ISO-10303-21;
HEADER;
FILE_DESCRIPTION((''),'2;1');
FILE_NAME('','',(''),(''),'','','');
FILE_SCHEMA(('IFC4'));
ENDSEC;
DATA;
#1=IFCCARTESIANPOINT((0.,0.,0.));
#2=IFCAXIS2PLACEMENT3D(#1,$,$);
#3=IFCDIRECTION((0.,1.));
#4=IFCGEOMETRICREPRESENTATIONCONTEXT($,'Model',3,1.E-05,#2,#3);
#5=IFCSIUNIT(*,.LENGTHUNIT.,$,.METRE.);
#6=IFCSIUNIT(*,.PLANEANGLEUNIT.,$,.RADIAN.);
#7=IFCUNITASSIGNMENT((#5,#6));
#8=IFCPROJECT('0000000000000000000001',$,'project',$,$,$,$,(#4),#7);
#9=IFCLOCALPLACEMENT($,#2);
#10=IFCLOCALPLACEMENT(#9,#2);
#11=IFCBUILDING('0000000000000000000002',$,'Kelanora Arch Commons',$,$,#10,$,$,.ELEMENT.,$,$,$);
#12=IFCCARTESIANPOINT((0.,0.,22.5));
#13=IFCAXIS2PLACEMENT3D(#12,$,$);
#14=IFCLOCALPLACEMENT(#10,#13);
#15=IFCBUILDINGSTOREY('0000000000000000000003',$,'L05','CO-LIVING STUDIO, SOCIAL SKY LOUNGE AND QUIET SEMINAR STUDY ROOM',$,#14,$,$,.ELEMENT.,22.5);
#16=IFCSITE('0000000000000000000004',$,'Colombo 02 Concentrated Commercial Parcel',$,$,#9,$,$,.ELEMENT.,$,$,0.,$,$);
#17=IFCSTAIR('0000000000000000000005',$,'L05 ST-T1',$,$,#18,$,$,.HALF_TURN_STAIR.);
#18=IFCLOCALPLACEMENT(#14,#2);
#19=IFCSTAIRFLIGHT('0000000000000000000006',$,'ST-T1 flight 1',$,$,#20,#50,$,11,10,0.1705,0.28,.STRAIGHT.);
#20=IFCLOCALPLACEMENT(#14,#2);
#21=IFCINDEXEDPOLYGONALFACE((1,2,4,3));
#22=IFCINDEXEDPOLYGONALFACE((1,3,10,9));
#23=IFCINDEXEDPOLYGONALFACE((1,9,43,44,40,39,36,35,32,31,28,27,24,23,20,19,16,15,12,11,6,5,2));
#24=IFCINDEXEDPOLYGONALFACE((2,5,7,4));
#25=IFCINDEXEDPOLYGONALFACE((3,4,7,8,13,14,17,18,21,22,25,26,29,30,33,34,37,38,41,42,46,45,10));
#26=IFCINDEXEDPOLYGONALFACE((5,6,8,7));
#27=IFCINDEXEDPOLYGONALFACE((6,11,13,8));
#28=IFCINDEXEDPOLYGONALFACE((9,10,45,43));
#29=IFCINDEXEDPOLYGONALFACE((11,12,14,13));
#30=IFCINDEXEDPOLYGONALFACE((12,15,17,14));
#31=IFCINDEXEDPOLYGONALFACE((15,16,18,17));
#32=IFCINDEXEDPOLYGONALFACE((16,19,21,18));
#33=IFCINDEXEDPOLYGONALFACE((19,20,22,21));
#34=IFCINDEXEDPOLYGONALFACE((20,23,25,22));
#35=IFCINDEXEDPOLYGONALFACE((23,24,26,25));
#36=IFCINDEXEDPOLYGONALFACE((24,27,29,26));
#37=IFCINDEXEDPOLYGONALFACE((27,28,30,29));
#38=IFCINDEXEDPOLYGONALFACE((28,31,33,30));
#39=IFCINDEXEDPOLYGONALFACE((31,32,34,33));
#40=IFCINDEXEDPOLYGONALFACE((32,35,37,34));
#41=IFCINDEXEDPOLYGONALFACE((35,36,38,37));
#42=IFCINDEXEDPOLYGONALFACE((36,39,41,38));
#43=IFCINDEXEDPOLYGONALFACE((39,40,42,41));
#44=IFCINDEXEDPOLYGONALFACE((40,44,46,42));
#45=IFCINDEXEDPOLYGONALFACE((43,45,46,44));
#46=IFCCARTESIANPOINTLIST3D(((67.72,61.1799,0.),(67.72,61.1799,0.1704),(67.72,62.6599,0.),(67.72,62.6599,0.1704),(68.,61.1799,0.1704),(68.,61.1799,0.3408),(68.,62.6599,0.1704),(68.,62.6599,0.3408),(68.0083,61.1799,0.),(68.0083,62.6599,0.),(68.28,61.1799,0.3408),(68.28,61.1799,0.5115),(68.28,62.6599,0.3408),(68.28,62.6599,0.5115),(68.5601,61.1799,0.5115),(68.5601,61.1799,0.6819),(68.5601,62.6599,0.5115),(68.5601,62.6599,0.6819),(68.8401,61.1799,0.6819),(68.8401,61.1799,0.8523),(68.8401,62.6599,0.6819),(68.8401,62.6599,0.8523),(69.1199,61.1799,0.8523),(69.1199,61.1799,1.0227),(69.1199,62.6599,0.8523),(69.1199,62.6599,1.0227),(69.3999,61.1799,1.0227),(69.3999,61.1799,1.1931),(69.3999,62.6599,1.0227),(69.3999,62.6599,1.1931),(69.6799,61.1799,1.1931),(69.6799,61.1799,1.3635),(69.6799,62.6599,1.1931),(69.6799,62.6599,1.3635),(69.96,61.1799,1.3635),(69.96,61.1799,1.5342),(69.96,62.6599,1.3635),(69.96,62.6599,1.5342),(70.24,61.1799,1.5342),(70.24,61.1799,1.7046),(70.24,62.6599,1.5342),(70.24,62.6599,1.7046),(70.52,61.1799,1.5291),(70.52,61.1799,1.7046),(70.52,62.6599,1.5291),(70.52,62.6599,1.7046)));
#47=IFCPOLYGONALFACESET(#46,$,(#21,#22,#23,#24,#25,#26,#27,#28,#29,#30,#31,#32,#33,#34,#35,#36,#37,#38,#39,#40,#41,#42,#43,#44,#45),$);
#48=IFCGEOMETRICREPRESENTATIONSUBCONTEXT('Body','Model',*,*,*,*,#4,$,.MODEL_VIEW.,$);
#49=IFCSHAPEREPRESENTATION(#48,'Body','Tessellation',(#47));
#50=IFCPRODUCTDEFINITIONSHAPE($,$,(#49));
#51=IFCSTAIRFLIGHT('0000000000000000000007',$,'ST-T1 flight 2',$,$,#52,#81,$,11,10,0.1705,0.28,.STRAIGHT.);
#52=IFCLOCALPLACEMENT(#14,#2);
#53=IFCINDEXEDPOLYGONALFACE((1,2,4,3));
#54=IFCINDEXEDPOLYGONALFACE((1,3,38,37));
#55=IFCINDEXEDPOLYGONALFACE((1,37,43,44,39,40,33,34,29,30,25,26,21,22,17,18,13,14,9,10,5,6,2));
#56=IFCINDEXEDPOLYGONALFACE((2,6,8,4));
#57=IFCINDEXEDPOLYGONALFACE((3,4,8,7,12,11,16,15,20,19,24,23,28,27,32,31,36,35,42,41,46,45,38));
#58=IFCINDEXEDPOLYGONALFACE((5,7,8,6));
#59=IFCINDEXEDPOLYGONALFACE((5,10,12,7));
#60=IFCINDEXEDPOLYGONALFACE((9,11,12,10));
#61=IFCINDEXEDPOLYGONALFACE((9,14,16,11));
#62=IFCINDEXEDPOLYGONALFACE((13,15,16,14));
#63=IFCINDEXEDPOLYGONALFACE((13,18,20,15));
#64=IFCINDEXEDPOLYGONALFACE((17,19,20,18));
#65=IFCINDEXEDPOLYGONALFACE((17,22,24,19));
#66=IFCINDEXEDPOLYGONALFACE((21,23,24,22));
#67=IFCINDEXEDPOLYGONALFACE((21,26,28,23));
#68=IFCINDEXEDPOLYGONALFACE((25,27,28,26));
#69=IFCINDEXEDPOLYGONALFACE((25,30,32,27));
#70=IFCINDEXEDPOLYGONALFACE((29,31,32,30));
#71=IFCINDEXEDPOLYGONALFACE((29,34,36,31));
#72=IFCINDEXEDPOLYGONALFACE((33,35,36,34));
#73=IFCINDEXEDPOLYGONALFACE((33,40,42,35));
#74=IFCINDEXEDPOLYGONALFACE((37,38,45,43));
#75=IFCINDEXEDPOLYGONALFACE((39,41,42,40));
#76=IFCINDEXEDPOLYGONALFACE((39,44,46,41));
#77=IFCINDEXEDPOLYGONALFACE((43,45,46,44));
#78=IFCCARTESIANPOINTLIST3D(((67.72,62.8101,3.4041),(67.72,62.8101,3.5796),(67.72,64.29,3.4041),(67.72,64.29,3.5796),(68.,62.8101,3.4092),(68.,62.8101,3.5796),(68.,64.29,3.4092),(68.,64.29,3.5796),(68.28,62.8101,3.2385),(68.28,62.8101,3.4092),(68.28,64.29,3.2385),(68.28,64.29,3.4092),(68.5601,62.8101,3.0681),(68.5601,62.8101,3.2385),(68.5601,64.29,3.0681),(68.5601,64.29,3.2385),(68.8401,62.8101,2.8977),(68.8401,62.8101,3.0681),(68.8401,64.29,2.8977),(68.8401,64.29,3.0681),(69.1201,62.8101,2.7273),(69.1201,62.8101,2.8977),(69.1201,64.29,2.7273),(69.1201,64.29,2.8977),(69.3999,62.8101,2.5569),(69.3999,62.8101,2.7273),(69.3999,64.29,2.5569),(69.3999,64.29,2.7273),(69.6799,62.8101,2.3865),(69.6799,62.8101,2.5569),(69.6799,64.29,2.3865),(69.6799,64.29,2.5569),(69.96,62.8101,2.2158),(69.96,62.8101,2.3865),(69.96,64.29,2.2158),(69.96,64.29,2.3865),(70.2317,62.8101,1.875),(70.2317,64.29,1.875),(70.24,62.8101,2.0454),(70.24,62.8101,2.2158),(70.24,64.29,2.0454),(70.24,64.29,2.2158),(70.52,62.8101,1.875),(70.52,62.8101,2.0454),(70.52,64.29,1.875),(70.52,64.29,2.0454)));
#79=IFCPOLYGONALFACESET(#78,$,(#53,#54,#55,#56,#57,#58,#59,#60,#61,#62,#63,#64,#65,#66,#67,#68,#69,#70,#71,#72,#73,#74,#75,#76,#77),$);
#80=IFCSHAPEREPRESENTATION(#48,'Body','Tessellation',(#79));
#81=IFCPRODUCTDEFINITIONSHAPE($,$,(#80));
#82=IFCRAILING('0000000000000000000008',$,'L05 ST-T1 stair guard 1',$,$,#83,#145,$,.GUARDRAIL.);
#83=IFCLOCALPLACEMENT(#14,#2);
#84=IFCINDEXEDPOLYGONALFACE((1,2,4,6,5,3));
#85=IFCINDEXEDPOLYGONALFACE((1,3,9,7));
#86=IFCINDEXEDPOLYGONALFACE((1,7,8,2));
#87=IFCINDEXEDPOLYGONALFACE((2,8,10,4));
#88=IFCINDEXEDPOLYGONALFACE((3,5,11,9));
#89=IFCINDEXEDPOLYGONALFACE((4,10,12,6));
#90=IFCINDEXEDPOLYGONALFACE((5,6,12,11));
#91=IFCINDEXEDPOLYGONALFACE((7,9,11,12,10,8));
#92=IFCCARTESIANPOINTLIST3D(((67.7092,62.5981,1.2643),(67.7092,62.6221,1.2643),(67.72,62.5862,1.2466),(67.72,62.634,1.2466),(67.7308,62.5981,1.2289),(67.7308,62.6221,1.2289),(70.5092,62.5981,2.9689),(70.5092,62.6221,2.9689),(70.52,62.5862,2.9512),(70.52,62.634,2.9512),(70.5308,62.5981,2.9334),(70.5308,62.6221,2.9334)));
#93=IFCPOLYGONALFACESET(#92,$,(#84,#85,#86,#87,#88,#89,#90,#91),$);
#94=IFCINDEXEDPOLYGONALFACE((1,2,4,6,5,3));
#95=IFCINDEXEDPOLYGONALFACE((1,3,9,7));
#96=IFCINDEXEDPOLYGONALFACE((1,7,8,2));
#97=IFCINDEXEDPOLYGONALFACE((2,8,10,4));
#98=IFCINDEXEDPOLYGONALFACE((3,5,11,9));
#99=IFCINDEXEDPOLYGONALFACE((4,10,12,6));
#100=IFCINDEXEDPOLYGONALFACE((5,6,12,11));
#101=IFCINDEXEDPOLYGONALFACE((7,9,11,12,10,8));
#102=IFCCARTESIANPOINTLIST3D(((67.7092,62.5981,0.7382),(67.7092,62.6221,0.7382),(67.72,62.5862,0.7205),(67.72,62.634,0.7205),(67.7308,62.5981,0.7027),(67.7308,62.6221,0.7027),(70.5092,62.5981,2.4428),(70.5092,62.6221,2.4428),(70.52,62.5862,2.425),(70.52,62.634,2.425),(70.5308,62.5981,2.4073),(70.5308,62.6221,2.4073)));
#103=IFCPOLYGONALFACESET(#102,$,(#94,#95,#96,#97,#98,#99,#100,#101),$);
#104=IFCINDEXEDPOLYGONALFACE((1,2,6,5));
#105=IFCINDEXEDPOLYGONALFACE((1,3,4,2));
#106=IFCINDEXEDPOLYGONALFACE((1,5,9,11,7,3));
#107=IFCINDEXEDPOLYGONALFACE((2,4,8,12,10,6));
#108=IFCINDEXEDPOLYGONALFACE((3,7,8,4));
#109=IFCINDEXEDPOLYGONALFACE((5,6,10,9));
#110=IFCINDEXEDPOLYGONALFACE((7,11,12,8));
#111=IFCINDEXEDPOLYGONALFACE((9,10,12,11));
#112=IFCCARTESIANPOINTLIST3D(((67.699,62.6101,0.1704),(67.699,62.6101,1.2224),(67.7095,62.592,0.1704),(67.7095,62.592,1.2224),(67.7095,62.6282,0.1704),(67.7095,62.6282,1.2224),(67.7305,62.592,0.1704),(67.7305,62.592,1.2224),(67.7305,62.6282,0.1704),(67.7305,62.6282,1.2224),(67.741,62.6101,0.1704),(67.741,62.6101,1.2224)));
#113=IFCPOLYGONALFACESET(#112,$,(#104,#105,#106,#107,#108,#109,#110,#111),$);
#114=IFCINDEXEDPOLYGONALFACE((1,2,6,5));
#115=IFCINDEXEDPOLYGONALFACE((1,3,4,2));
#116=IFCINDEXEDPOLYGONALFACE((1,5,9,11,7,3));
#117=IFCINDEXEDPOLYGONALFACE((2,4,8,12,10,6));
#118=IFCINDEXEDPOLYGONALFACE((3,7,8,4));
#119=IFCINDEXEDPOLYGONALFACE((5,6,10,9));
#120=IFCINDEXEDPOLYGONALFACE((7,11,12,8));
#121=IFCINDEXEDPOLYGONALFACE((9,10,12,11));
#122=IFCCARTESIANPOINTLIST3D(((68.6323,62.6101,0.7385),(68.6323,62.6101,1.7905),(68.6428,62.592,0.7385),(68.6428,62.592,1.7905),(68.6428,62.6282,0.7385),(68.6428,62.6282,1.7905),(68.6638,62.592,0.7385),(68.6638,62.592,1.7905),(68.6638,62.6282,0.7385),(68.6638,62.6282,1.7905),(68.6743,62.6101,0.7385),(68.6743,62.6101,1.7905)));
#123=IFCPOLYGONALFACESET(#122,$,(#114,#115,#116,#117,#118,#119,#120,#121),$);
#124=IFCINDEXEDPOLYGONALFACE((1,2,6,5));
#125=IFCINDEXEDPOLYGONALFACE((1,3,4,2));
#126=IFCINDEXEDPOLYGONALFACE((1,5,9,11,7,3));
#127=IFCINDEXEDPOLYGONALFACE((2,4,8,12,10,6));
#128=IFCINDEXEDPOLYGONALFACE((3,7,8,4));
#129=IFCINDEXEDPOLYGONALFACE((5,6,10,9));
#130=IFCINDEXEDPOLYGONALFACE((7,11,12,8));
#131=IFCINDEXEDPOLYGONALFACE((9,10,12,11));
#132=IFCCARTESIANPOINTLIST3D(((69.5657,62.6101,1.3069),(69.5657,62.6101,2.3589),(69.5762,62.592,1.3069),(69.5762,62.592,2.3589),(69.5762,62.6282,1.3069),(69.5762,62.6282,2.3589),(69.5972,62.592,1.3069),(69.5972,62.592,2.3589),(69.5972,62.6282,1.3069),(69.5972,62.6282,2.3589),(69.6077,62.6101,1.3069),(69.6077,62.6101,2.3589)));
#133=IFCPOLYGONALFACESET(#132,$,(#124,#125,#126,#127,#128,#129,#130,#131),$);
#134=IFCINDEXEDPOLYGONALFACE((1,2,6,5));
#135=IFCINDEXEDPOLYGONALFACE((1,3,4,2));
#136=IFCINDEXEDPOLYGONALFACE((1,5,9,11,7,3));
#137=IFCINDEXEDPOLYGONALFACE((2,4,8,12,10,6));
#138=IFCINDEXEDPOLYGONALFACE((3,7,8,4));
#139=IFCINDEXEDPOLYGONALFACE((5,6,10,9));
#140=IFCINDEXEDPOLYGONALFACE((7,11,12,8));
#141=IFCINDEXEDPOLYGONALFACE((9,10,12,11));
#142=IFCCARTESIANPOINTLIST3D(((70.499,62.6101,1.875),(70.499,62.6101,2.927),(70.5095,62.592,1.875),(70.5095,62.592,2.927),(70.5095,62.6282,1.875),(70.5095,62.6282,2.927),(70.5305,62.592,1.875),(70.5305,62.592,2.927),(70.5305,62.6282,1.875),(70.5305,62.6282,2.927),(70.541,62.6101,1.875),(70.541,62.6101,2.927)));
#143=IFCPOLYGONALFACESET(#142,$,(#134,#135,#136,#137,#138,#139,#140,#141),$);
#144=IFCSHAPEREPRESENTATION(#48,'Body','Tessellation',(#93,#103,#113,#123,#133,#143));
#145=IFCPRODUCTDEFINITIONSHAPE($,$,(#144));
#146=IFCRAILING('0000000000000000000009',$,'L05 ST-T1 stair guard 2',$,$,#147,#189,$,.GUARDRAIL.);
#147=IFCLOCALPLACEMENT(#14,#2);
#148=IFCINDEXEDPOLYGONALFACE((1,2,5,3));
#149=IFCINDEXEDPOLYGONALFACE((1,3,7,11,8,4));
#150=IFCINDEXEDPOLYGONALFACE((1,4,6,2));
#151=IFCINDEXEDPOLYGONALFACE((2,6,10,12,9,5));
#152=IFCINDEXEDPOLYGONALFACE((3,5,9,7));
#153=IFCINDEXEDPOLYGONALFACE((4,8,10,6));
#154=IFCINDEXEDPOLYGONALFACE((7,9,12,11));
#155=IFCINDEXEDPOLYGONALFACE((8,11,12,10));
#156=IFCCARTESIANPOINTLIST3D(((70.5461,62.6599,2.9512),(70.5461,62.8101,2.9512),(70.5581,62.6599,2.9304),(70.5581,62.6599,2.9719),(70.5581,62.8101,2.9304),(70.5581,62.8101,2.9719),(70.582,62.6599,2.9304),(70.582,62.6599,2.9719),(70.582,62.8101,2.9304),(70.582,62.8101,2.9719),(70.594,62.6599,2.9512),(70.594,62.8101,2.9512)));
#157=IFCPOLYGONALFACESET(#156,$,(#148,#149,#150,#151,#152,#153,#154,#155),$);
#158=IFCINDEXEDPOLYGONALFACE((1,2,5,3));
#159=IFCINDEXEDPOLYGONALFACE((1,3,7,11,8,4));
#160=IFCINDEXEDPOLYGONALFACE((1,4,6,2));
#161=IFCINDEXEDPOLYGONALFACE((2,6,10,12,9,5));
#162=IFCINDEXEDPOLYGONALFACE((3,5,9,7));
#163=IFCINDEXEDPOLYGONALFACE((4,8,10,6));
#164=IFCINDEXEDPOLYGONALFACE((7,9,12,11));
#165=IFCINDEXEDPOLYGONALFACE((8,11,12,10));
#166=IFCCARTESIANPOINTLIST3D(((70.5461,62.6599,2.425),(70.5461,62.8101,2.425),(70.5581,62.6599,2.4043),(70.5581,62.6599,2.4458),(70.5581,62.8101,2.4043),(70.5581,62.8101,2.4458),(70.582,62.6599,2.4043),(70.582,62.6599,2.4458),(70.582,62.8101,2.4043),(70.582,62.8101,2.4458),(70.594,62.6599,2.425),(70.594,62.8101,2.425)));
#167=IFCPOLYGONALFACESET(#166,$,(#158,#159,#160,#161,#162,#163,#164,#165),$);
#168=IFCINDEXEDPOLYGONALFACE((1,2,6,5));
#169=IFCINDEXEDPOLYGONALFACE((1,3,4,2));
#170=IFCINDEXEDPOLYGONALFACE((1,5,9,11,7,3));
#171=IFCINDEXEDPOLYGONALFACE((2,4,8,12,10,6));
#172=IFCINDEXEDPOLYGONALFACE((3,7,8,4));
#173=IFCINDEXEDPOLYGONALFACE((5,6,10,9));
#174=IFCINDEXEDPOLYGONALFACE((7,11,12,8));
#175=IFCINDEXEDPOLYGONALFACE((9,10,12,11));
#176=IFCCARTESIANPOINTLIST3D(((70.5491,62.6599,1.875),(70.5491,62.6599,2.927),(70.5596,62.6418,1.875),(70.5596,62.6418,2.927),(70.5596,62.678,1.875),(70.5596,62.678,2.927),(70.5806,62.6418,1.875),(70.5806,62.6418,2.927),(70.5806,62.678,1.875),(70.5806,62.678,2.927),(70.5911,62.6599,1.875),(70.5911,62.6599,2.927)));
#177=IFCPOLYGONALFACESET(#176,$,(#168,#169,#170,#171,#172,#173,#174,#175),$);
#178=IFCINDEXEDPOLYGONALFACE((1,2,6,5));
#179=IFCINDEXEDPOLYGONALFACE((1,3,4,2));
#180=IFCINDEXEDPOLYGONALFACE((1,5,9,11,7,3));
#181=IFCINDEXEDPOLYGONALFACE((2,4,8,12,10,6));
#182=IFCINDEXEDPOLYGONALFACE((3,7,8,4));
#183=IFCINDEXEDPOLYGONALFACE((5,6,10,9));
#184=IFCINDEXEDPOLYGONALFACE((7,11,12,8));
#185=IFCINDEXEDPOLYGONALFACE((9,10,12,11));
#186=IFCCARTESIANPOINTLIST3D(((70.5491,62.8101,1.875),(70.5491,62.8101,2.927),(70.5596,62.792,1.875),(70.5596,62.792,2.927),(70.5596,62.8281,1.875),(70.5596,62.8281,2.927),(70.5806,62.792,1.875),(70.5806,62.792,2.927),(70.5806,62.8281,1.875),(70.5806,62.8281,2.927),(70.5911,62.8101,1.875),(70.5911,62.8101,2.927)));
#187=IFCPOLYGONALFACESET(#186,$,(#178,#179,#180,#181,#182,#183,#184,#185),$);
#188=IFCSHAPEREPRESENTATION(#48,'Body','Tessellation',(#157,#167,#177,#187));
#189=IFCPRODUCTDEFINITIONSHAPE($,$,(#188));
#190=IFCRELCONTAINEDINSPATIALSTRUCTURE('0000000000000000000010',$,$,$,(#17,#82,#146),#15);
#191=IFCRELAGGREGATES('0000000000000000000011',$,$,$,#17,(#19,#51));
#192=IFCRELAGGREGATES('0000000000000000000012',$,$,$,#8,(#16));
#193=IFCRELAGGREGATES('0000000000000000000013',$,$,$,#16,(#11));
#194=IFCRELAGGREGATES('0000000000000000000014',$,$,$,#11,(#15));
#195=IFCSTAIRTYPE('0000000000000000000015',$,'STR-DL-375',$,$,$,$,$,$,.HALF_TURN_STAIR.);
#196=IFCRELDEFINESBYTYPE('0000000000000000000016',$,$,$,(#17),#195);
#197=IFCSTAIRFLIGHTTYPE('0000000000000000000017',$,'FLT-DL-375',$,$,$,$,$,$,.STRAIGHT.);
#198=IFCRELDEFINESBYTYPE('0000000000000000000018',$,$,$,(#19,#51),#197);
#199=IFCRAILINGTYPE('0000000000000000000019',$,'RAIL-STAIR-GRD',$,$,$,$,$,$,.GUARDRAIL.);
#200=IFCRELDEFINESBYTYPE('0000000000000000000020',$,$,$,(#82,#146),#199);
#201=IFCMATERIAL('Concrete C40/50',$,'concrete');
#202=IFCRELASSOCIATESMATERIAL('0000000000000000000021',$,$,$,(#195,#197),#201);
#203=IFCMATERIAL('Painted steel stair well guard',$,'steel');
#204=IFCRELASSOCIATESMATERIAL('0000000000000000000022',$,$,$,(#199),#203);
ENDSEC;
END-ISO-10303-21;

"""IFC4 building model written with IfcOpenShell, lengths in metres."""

from ifc_helpers import new_model, si_unit, direction, frame, origin, place, context, subcontext, project, spatial, polyline, outline, extrude, material, type_object, element, aggregate, save


model = new_model("IFC4")

# Units and contexts
model_context = context("Model", 3, precision=1e-05, world=origin(), true_north=direction((0.0, 1.0)))
body_context = subcontext(model_context, "Body", "Model", "MODEL_VIEW")
ifc_project = project(units=[si_unit("LENGTHUNIT", "METRE"), si_unit("PLANEANGLEUNIT", "RADIAN")], contexts=[model_context])

# Site, building, storey
site_placement = place(None, origin())
site = spatial("IfcSite", under=ifc_project, at=site_placement, Name="Colombo 02 Concentrated Commercial Parcel", CompositionType="ELEMENT", RefElevation=0.0)
building_placement = place(site_placement, origin())
building = spatial("IfcBuilding", under=site, at=building_placement, Name="Kelanora Arch Commons", CompositionType="ELEMENT")
storey_placement = place(building_placement, frame((0.0, 0.0, 22.5)))
storey = spatial("IfcBuildingStorey", under=building, at=storey_placement, Name="L05", Description="CO-LIVING STUDIO, SOCIAL SKY LOUNGE AND QUIET SEMINAR STUDY ROOM", CompositionType="ELEMENT", Elevation=22.5)

# Shared definitions
ifc_material_1 = material(Name="Concrete C40/50", Category="concrete")

# Stair, stair flights
stair_type = type_object("IfcStairType", Name="STR-DL-375", PredefinedType="HALF_TURN_STAIR", material=ifc_material_1)
stair_placement = place(storey_placement, origin())
stair = element("IfcStair", 1, at=stair_placement, inside=storey, type_object=stair_type, Name="L05 ST-T1", PredefinedType="HALF_TURN_STAIR")
stair_flight_type = type_object("IfcStairFlightType", Name="FLT-DL-375", PredefinedType="STRAIGHT", material=ifc_material_1)
stair_flight_1_placement = place(storey_placement, frame((67.72, 61.9199, 0.0), z_axis=(0.0, 0.0, 1.0), x_axis=(1.0, 0.0, 0.0)))
stair_flight_1 = element("IfcStairFlight", 2, at=stair_flight_1_placement, type_object=stair_flight_type, Name="ST-T1 flight 1", NumberOfRisers=11, NumberOfTreads=10, PredefinedType="STRAIGHT", RiserHeight=0.1705, TreadLength=0.28, context=body_context, shape_type="SweptSolid", body=[
    extrude(outline(polyline([(0.0, 0.0), (0.0, 0.1704), (0.28, 0.1704), (0.28, 0.3408), (0.5601, 0.3408), (0.5601, 0.5115), (0.8401, 0.5115), (0.8401, 0.6819), (1.1201, 0.6819), (1.1201, 0.8523), (1.3999, 0.8523), (1.3999, 1.0227), (1.6799, 1.0227), (1.6799, 1.1931), (1.96, 1.1931), (1.96, 1.3635), (2.24, 1.3635), (2.24, 1.5342), (2.52, 1.5342), (2.52, 1.7046), (2.8, 1.7046), (2.8, 1.875), (2.8, 1.5291), (0.2883, 0.0), (0.0, 0.0)])), frame((0.0, 0.74, 0.0), z_axis=(0.0, -1.0, 0.0), x_axis=(1.0, 0.0, 0.0)), (0.0, 0.0, 1.0), 1.48),
])
stair_flight_2_placement = place(storey_placement, frame((70.52, 63.55, 1.875), z_axis=(0.0, 0.0, 1.0), x_axis=(-1.0, 0.0, 0.0)))
stair_flight_2 = element("IfcStairFlight", 3, at=stair_flight_2_placement, type_object=stair_flight_type, Name="ST-T1 flight 2", NumberOfRisers=11, NumberOfTreads=10, PredefinedType="STRAIGHT", RiserHeight=0.1705, TreadLength=0.28, context=body_context, shape_type="SweptSolid", body=[
    extrude(outline(polyline([(0.0, 0.0), (0.0, 0.1704), (0.28, 0.1704), (0.28, 0.3408), (0.5601, 0.3408), (0.5601, 0.5115), (0.8401, 0.5115), (0.8401, 0.6819), (1.1201, 0.6819), (1.1201, 0.8523), (1.3999, 0.8523), (1.3999, 1.0227), (1.6799, 1.0227), (1.6799, 1.1931), (1.96, 1.1931), (1.96, 1.3635), (2.24, 1.3635), (2.24, 1.5342), (2.52, 1.5342), (2.52, 1.7046), (2.8, 1.7046), (2.8, 1.875), (2.8, 1.5291), (0.2883, 0.0), (0.0, 0.0)])), frame((0.0, 0.74, 0.0), z_axis=(0.0, -1.0, 0.0), x_axis=(1.0, 0.0, 0.0)), (0.0, 0.0, 1.0), 1.48),
])
aggregate(stair, [stair_flight_1, stair_flight_2])

# Railings
ifc_material_2 = material(Name="Painted steel stair well guard", Category="steel")
railing_type_1 = type_object("IfcRailingType", Name="RAIL-STAIR-GRD", PredefinedType="GUARDRAIL", material=ifc_material_2)
railing_1_placement = place(storey_placement, frame((67.72, 62.6101, 0.1704)))
element("IfcRailing", 4, at=railing_1_placement, inside=storey, type_object=railing_type_1, Name="L05 ST-T1 stair guard 1", PredefinedType="GUARDRAIL", context=body_context, shape_type="SweptSolid", body=[
    extrude(outline(polyline([(0.0239, 0.0), (0.012, 0.0208), (-0.012, 0.0208), (-0.0239, 0.0), (-0.012, -0.0208), (0.012, -0.0208), (0.0239, 0.0)])), frame((0.0, 0.0, 1.0762), z_axis=(0.85417, 0.0, 0.519994), x_axis=(0.0, 1.0, 0.0)), (0.0, 0.0, 1.0), 3.2781),
    extrude(outline(polyline([(0.0239, 0.0), (0.012, 0.0208), (-0.012, 0.0208), (-0.0239, 0.0), (-0.012, -0.0208), (0.012, -0.0208), (0.0239, 0.0)])), frame((0.0, 0.0, 0.55), z_axis=(0.85417, 0.0, 0.519994), x_axis=(0.0, 1.0, 0.0)), (0.0, 0.0, 1.0), 3.2781),
    extrude(outline(polyline([(0.021, 0.0), (0.0105, 0.0181), (-0.0105, 0.0181), (-0.021, 0.0), (-0.0105, -0.0181), (0.0105, -0.0181), (0.021, 0.0)])), origin(), (0.0, 0.0, 1.0), 1.052),
    extrude(outline(polyline([(0.021, 0.0), (0.0105, 0.0181), (-0.0105, 0.0181), (-0.021, 0.0), (-0.0105, -0.0181), (0.0105, -0.0181), (0.021, 0.0)])), frame((0.9333, 0.0, 0.5681)), (0.0, 0.0, 1.0), 1.052),
    extrude(outline(polyline([(0.021, 0.0), (0.0105, 0.0181), (-0.0105, 0.0181), (-0.021, 0.0), (-0.0105, -0.0181), (0.0105, -0.0181), (0.021, 0.0)])), frame((1.8667, 0.0, 1.1365)), (0.0, 0.0, 1.0), 1.052),
    extrude(outline(polyline([(0.021, 0.0), (0.0105, 0.0181), (-0.0105, 0.0181), (-0.021, 0.0), (-0.0105, -0.0181), (0.0105, -0.0181), (0.021, 0.0)])), frame((2.8, 0.0, 1.7046)), (0.0, 0.0, 1.0), 1.052),
])
railing_2_placement = place(storey_placement, frame((70.5701, 62.6599, 1.875)))
element("IfcRailing", 5, at=railing_2_placement, inside=storey, type_object=railing_type_1, Name="L05 ST-T1 stair guard 2", PredefinedType="GUARDRAIL", context=body_context, shape_type="SweptSolid", body=[
    extrude(outline(polyline([(0.0239, 0.0), (0.012, 0.0208), (-0.012, 0.0208), (-0.0239, 0.0), (-0.012, -0.0208), (0.012, -0.0208), (0.0239, 0.0)])), frame((0.0, 0.0, 1.0762), z_axis=(0.0, 1.0, 0.0), x_axis=(-1.0, 0.0, 0.0)), (0.0, 0.0, 1.0), 0.1501),
    extrude(outline(polyline([(0.0239, 0.0), (0.012, 0.0208), (-0.012, 0.0208), (-0.0239, 0.0), (-0.012, -0.0208), (0.012, -0.0208), (0.0239, 0.0)])), frame((0.0, 0.0, 0.55), z_axis=(0.0, 1.0, 0.0), x_axis=(-1.0, 0.0, 0.0)), (0.0, 0.0, 1.0), 0.1501),
    extrude(outline(polyline([(0.021, 0.0), (0.0105, 0.0181), (-0.0105, 0.0181), (-0.021, 0.0), (-0.0105, -0.0181), (0.0105, -0.0181), (0.021, 0.0)])), origin(), (0.0, 0.0, 1.0), 1.052),
    extrude(outline(polyline([(0.021, 0.0), (0.0105, 0.0181), (-0.0105, 0.0181), (-0.021, 0.0), (-0.0105, -0.0181), (0.0105, -0.0181), (0.021, 0.0)])), frame((0.0, 0.1501, 0.0)), (0.0, 0.0, 1.0), 1.052),
])

save(model, "model.ifc")
